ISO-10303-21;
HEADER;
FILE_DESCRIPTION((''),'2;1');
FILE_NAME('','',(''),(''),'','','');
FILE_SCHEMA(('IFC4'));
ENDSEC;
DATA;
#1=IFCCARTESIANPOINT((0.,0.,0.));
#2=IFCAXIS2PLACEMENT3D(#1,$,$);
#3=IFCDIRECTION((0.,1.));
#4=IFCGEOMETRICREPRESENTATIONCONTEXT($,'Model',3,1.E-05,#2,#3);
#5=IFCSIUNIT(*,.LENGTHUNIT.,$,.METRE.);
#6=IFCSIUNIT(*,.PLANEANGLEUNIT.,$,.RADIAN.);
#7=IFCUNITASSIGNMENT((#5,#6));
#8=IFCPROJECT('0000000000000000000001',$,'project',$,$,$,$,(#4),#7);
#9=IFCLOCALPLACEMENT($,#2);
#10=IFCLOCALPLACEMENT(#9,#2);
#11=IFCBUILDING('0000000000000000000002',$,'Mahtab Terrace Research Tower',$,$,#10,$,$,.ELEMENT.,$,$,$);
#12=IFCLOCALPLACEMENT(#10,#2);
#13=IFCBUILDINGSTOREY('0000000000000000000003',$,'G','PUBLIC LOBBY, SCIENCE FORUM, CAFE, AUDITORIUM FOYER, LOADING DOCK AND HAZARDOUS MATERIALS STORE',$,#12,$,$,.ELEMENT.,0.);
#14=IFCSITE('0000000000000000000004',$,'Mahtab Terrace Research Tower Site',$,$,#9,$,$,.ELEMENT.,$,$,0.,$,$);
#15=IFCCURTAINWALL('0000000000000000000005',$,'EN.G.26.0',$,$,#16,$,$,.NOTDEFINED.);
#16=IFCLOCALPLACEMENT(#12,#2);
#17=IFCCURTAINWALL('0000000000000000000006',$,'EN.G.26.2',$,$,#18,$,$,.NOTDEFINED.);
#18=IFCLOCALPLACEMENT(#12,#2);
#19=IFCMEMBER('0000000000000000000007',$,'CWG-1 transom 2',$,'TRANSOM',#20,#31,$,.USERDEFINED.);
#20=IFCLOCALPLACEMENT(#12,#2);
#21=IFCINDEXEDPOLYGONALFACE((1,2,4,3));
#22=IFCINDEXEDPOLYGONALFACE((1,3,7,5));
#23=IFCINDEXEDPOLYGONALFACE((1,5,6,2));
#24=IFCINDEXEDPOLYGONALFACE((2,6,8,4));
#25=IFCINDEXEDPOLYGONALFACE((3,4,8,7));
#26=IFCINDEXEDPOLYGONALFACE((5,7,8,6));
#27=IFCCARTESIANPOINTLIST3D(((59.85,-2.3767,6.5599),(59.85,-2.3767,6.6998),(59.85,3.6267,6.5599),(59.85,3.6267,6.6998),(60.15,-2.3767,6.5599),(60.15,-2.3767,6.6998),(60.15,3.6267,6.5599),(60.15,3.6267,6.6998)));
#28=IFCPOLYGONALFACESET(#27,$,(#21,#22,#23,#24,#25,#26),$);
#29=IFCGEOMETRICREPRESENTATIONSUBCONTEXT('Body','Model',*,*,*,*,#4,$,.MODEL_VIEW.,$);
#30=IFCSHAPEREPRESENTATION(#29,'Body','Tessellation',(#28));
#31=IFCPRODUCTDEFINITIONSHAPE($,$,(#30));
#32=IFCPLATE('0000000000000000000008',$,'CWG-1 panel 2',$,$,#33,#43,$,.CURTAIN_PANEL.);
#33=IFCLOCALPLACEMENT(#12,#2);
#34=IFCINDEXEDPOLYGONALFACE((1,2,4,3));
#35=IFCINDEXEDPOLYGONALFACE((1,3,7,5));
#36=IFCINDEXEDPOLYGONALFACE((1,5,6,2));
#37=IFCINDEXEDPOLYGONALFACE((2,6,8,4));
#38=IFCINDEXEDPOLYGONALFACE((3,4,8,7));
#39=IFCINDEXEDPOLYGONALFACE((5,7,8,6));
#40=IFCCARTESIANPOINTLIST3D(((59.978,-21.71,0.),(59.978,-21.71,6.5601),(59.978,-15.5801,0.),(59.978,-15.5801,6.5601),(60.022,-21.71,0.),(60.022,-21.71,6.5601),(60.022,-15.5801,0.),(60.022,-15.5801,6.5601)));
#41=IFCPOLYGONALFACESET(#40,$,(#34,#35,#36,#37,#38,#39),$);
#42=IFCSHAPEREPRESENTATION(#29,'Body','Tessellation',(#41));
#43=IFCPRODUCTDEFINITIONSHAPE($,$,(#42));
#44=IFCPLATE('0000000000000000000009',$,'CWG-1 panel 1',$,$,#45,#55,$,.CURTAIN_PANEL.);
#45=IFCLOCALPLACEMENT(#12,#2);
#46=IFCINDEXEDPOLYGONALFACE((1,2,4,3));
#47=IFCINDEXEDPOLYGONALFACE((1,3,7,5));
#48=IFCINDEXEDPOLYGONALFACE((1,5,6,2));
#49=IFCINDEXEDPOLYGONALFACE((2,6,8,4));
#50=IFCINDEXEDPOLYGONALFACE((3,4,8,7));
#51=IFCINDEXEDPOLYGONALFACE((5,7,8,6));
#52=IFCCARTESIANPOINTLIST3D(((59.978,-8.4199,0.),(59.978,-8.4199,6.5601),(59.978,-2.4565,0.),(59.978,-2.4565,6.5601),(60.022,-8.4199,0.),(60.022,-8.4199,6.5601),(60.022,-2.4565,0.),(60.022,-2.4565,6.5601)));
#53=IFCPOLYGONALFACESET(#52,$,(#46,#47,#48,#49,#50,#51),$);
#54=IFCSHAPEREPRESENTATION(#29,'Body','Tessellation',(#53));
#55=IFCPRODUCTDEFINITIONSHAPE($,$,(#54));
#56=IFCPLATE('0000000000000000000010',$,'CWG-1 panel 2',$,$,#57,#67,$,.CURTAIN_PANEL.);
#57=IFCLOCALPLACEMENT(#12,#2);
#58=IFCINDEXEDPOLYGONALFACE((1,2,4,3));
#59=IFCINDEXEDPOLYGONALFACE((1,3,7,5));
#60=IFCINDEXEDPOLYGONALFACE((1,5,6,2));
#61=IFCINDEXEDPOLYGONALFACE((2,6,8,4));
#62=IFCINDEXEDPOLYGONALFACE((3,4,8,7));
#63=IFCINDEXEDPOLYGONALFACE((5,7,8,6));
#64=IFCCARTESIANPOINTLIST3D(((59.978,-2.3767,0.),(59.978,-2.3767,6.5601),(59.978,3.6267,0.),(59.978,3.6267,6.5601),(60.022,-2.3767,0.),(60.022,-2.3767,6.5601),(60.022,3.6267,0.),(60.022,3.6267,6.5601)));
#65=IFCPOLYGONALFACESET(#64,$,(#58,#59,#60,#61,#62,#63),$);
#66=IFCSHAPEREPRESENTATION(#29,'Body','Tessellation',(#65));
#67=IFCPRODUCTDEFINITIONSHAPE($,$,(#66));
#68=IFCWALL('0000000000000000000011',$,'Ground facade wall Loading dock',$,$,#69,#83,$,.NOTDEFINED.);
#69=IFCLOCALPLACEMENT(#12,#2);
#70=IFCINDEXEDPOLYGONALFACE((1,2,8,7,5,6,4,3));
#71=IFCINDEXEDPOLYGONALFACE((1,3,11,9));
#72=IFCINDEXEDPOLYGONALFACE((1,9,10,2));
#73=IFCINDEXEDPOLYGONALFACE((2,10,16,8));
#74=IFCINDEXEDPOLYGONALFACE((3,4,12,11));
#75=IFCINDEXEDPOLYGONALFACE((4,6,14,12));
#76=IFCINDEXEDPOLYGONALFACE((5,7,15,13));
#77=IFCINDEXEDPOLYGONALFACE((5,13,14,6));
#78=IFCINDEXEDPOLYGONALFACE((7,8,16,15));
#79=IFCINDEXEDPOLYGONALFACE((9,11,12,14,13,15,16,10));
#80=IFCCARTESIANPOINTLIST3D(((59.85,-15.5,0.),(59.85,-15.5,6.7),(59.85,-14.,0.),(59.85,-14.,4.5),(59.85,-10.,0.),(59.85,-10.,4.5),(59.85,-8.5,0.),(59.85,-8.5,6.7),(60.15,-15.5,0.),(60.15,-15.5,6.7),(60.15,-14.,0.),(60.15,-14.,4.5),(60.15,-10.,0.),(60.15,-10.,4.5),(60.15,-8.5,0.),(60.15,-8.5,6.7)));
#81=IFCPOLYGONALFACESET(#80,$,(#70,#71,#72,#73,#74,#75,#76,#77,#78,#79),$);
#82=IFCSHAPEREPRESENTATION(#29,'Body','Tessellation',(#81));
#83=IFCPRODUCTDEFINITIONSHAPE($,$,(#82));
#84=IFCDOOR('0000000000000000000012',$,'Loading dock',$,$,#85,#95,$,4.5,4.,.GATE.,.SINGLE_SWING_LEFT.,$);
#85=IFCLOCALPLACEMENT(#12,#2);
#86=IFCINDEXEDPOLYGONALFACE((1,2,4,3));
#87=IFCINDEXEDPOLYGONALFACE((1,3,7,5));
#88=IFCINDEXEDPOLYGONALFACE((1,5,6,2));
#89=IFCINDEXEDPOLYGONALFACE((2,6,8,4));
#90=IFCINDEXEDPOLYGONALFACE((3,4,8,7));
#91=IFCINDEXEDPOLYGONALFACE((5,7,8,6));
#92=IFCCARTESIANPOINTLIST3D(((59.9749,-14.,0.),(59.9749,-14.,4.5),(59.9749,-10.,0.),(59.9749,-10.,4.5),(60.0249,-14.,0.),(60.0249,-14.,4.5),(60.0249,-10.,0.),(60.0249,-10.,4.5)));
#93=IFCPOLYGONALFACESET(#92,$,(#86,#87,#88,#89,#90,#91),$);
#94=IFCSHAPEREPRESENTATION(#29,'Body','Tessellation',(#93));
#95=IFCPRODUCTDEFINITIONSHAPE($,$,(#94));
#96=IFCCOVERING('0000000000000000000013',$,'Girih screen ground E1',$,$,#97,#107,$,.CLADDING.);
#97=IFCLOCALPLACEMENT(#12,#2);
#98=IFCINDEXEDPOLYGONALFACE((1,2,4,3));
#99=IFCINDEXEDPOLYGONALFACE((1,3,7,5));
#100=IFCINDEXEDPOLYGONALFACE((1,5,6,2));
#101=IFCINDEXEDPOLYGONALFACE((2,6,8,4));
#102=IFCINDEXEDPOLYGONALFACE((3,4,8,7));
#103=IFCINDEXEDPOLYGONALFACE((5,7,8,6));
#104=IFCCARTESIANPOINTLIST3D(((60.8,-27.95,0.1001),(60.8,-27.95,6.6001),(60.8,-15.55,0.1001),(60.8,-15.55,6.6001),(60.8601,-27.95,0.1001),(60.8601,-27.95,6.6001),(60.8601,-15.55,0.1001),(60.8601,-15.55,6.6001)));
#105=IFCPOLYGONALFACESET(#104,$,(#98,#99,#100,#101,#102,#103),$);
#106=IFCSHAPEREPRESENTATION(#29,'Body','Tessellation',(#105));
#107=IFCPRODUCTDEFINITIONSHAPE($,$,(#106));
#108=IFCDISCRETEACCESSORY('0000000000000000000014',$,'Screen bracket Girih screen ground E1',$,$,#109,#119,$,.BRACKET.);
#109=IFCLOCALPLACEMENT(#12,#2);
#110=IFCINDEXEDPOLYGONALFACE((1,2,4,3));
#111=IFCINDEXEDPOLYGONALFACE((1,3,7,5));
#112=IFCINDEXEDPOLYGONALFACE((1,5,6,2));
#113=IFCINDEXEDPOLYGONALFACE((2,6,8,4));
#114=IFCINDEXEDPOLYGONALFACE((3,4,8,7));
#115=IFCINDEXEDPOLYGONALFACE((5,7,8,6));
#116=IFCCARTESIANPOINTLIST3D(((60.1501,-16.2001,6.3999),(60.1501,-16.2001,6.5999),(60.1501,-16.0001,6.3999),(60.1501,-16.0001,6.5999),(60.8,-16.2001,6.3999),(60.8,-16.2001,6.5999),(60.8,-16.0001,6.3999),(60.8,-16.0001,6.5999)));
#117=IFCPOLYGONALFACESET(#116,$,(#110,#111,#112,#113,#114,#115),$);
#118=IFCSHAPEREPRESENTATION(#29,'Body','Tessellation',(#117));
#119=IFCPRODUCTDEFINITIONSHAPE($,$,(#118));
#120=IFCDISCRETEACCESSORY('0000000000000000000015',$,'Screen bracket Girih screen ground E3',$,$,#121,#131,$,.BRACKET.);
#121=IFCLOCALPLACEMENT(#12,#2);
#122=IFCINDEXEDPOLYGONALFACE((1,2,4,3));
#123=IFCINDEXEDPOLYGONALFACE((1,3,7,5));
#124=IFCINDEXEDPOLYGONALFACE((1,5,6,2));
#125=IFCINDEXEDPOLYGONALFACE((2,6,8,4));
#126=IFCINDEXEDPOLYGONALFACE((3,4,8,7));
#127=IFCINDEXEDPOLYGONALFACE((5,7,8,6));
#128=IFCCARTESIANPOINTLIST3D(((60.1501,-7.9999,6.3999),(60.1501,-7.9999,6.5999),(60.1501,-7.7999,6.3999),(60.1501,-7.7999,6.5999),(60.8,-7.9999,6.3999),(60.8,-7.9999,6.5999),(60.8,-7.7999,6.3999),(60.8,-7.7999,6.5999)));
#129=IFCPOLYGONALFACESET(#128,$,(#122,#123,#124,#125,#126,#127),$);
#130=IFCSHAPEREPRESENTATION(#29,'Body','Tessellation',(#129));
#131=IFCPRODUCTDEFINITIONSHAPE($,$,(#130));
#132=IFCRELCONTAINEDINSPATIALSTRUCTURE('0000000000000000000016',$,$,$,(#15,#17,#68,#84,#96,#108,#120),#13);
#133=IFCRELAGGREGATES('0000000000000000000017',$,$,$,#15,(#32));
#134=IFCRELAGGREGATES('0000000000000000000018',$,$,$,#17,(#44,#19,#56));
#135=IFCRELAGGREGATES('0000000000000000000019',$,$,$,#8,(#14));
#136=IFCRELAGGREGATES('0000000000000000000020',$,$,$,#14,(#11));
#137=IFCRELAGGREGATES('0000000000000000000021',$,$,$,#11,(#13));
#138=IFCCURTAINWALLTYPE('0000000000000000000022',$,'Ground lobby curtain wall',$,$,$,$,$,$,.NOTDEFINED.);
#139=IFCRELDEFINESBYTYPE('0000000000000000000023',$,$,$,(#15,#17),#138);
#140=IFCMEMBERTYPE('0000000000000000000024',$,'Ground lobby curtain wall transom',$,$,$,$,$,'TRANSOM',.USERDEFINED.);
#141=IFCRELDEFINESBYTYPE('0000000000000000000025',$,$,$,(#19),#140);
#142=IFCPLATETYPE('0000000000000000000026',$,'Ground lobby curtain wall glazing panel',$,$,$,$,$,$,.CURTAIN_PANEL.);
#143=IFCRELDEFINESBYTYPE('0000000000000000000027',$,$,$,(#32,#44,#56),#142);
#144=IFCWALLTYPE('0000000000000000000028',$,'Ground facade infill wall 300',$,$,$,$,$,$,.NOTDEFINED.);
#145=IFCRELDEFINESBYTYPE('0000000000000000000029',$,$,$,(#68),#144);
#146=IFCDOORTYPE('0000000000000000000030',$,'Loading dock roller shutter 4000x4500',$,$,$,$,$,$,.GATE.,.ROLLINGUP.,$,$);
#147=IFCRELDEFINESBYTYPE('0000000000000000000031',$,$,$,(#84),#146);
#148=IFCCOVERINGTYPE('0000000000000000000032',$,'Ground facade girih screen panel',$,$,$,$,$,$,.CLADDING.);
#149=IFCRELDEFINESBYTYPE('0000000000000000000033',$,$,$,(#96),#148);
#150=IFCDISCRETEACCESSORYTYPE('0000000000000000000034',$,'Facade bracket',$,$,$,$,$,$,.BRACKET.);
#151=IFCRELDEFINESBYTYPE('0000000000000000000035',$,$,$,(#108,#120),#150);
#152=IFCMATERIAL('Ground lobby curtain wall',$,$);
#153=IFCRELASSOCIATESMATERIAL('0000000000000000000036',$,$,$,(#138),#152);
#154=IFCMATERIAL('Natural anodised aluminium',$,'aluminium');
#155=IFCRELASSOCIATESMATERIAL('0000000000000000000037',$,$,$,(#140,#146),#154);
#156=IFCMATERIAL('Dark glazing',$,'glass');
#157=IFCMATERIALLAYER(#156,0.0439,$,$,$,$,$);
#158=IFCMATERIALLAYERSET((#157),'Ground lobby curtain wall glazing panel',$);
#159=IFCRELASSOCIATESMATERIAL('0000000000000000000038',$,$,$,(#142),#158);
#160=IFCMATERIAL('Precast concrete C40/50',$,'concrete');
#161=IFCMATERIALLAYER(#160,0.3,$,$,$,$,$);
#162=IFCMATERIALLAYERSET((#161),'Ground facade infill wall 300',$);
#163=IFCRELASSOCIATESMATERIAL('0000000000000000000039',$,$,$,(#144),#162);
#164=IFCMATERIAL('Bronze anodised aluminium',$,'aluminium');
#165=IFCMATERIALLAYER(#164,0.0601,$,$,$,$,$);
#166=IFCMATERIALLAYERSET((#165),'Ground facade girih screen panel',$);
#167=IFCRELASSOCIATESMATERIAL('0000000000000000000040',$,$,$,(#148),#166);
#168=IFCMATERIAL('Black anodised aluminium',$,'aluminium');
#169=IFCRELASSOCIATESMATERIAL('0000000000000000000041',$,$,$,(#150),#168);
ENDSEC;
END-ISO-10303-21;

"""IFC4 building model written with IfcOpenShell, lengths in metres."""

from ifc_helpers import new_model, si_unit, direction, frame, frame_2d, origin, origin_2d, place, context, subcontext, project, spatial, rectangle, extrude, material, layer, layer_set, material_profile, profile_set, type_object, element, fill, aggregate, save


model = new_model("IFC4")

# Units and contexts
model_context = context("Model", 3, precision=1e-05, world=origin(), true_north=direction((0.0, 1.0)))
body_context = subcontext(model_context, "Body", "Model", "MODEL_VIEW")
ifc_project = project(units=[si_unit("LENGTHUNIT", "METRE"), si_unit("PLANEANGLEUNIT", "RADIAN")], contexts=[model_context])

# Site, building, storey
site_placement = place(None, origin())
site = spatial("IfcSite", under=ifc_project, at=site_placement, Name="Mahtab Terrace Research Tower Site", CompositionType="ELEMENT", RefElevation=0.0)
building_placement = place(site_placement, origin())
building = spatial("IfcBuilding", under=site, at=building_placement, Name="Mahtab Terrace Research Tower", CompositionType="ELEMENT")
storey_placement = place(building_placement, origin())
storey = spatial("IfcBuildingStorey", under=building, at=storey_placement, Name="G", Description="PUBLIC LOBBY, SCIENCE FORUM, CAFE, AUDITORIUM FOYER, LOADING DOCK AND HAZARDOUS MATERIALS STORE", CompositionType="ELEMENT", Elevation=0.0)

# Curtain walls
ifc_material_1 = material(Name="Ground lobby curtain wall")
curtain_wall_type = type_object("IfcCurtainWallType", Name="Ground lobby curtain wall", PredefinedType="NOTDEFINED", material=ifc_material_1)
curtain_wall_1_placement = place(storey_placement, origin())
curtain_wall_1 = element("IfcCurtainWall", 1, at=curtain_wall_1_placement, inside=storey, type_object=curtain_wall_type, Name="EN.G.26.0", PredefinedType="NOTDEFINED")
ifc_material_2 = material(Name="Natural anodised aluminium", Category="aluminium")
curtain_wall_2_placement = place(storey_placement, origin())
curtain_wall_2 = element("IfcCurtainWall", 2, at=curtain_wall_2_placement, inside=storey, type_object=curtain_wall_type, Name="EN.G.26.2", PredefinedType="NOTDEFINED")

# Member
ifc_material_profile_1 = material_profile(ifc_material_2, rectangle(XDim=0.3, YDim=0.1399, at=origin_2d()), Name="TRANSOM 140x300")
ifc_profile_set_1 = profile_set([ifc_material_profile_1], Name="Natural anodised aluminium")
member_type_1 = type_object("IfcMemberType", Name="Ground lobby curtain wall transom", ElementType="TRANSOM", PredefinedType="USERDEFINED", material=ifc_profile_set_1)
member_1_placement = place(storey_placement, frame((60.0, -2.3767, 6.6299), z_axis=(0.0, 1.0, 0.0), x_axis=(-1.0, 0.0, 0.0)))
member_1 = element("IfcMember", 3, at=member_1_placement, type_object=member_type_1, Name="CWG-1 transom 2", ObjectType="TRANSOM", PredefinedType="USERDEFINED", context=body_context, shape_type="SweptSolid", body=[
    extrude(rectangle(XDim=0.3, YDim=0.1399, at=origin_2d()), origin(), (0.0, 0.0, 1.0), 6.0034),
])

# Plates
ifc_material_3 = material(Name="Dark glazing", Category="glass")
ifc_layer_1 = layer(ifc_material_3, 0.0439)
ifc_layer_set_1 = layer_set([ifc_layer_1], Name="Ground lobby curtain wall glazing panel")
plate_type = type_object("IfcPlateType", Name="Ground lobby curtain wall glazing panel", PredefinedType="CURTAIN_PANEL", material=ifc_layer_set_1)
plate_1_placement = place(storey_placement, frame((60.0, -18.645, 0.0), z_axis=(0.0, 0.0, 1.0), x_axis=(0.0, 1.0, 0.0)))
plate_1 = element("IfcPlate", 4, at=plate_1_placement, type_object=plate_type, Name="CWG-1 panel 2", PredefinedType="CURTAIN_PANEL", context=body_context, shape_type="SweptSolid", body=[
    extrude(rectangle(XDim=6.1299, YDim=0.0439, at=origin_2d()), origin(), (0.0, 0.0, 1.0), 6.5601),
])
aggregate(curtain_wall_1, [plate_1])
plate_2_placement = place(storey_placement, frame((60.0, -5.4382, 0.0), z_axis=(0.0, 0.0, 1.0), x_axis=(0.0, 1.0, 0.0)))
plate_2 = element("IfcPlate", 5, at=plate_2_placement, type_object=plate_type, Name="CWG-1 panel 1", PredefinedType="CURTAIN_PANEL", context=body_context, shape_type="SweptSolid", body=[
    extrude(rectangle(XDim=5.9634, YDim=0.0439, at=origin_2d()), origin(), (0.0, 0.0, 1.0), 6.5601),
])
plate_3_placement = place(storey_placement, frame((60.0, 0.625, 0.0), z_axis=(0.0, 0.0, 1.0), x_axis=(0.0, 1.0, 0.0)))
plate_3 = element("IfcPlate", 6, at=plate_3_placement, type_object=plate_type, Name="CWG-1 panel 2", PredefinedType="CURTAIN_PANEL", context=body_context, shape_type="SweptSolid", body=[
    extrude(rectangle(XDim=6.0034, YDim=0.0439, at=origin_2d()), origin(), (0.0, 0.0, 1.0), 6.5601),
])
aggregate(curtain_wall_2, [plate_2, member_1, plate_3])

# Wall, opening, door
ifc_material_4 = material(Name="Precast concrete C40/50", Category="concrete")
ifc_layer_2 = layer(ifc_material_4, 0.3)
ifc_layer_set_2 = layer_set([ifc_layer_2], Name="Ground facade infill wall 300")
wall_type = type_object("IfcWallType", Name="Ground facade infill wall 300", PredefinedType="NOTDEFINED", material=ifc_layer_set_2)
wall_placement = place(storey_placement, frame((60.0, -8.5, 0.0), z_axis=(0.0, 0.0, 1.0), x_axis=(0.0, -1.0, 0.0)))
wall = element("IfcWall", 7, at=wall_placement, inside=storey, type_object=wall_type, Name="Ground facade wall Loading dock", PredefinedType="NOTDEFINED", context=body_context, shape_type="SweptSolid", body=[
    extrude(rectangle(XDim=7.0, YDim=0.3, at=frame_2d((3.5, 0.0))), origin(), (0.0, 0.0, 1.0), 6.7),
])
opening_placement = place(wall_placement, frame((1.5, 0.0, 0.0)))
opening = element("IfcOpeningElement", 8, at=opening_placement, cuts=wall, PredefinedType="OPENING", context=body_context, shape_type="SweptSolid", body=[
    extrude(rectangle(XDim=4.0, YDim=4.5, at=frame_2d((2.0, 2.25))), frame((0.0, 0.1599, 0.0), z_axis=(0.0, -1.0, 0.0), x_axis=(1.0, 0.0, 0.0)), (0.0, 0.0, 1.0), 0.3201),
])
door_type = type_object("IfcDoorType", Name="Loading dock roller shutter 4000x4500", OperationType="ROLLINGUP", PredefinedType="GATE", material=ifc_material_2)
door_placement = place(opening_placement, origin())
door = element("IfcDoor", 9, at=door_placement, inside=storey, type_object=door_type, Name="Loading dock", OperationType="SINGLE_SWING_LEFT", OverallHeight=4.5, OverallWidth=4.0, PredefinedType="GATE", context=body_context, shape_type="SweptSolid", body=[
    extrude(rectangle(XDim=4.0, YDim=4.5, at=frame_2d((2.0, 2.25))), frame((0.0, 0.0249, 0.0), z_axis=(0.0, -1.0, 0.0), x_axis=(1.0, 0.0, 0.0)), (0.0, 0.0, 1.0), 0.05),
])
fill(opening, door)

# Covering
ifc_material_5 = material(Name="Bronze anodised aluminium", Category="aluminium")
ifc_layer_3 = layer(ifc_material_5, 0.0601)
ifc_layer_set_3 = layer_set([ifc_layer_3], Name="Ground facade girih screen panel")
covering_type = type_object("IfcCoveringType", Name="Ground facade girih screen panel", PredefinedType="CLADDING", material=ifc_layer_set_3)
covering_placement = place(storey_placement, frame((60.8301, -21.75, 0.1001), z_axis=(0.0, 0.0, 1.0), x_axis=(0.0, 1.0, 0.0)))
element("IfcCovering", 10, at=covering_placement, inside=storey, type_object=covering_type, Name="Girih screen ground E1", PredefinedType="CLADDING", context=body_context, shape_type="SweptSolid", body=[
    extrude(rectangle(XDim=12.3999, YDim=0.0601, at=origin_2d()), origin(), (0.0, 0.0, 1.0), 6.5),
])

# Discrete accessories
ifc_material_6 = material(Name="Black anodised aluminium", Category="aluminium")
discrete_accessory_type = type_object("IfcDiscreteAccessoryType", Name="Facade bracket", PredefinedType="BRACKET", material=ifc_material_6)
for number, where, z_axis, x_axis, name in (
    (11, (60.4751, -16.1001, 6.3999), (0.0, 0.0, 1.0), (0.0, 1.0, 0.0), "Screen bracket Girih screen ground E1"),
    (12, (60.4751, -7.8999, 6.3999), (0.0, 0.0, 1.0), (0.0, 1.0, 0.0), "Screen bracket Girih screen ground E3"),
):
    element("IfcDiscreteAccessory", number, at=place(storey_placement, frame(where, z_axis=z_axis, x_axis=x_axis)), inside=storey, type_object=discrete_accessory_type, Name=name, PredefinedType="BRACKET", context=body_context, shape_type="SweptSolid", body=[
        extrude(rectangle(XDim=0.2, YDim=0.6499, at=origin_2d()), origin(), (0.0, 0.0, 1.0), 0.2),
    ])

save(model, "model.ifc")
